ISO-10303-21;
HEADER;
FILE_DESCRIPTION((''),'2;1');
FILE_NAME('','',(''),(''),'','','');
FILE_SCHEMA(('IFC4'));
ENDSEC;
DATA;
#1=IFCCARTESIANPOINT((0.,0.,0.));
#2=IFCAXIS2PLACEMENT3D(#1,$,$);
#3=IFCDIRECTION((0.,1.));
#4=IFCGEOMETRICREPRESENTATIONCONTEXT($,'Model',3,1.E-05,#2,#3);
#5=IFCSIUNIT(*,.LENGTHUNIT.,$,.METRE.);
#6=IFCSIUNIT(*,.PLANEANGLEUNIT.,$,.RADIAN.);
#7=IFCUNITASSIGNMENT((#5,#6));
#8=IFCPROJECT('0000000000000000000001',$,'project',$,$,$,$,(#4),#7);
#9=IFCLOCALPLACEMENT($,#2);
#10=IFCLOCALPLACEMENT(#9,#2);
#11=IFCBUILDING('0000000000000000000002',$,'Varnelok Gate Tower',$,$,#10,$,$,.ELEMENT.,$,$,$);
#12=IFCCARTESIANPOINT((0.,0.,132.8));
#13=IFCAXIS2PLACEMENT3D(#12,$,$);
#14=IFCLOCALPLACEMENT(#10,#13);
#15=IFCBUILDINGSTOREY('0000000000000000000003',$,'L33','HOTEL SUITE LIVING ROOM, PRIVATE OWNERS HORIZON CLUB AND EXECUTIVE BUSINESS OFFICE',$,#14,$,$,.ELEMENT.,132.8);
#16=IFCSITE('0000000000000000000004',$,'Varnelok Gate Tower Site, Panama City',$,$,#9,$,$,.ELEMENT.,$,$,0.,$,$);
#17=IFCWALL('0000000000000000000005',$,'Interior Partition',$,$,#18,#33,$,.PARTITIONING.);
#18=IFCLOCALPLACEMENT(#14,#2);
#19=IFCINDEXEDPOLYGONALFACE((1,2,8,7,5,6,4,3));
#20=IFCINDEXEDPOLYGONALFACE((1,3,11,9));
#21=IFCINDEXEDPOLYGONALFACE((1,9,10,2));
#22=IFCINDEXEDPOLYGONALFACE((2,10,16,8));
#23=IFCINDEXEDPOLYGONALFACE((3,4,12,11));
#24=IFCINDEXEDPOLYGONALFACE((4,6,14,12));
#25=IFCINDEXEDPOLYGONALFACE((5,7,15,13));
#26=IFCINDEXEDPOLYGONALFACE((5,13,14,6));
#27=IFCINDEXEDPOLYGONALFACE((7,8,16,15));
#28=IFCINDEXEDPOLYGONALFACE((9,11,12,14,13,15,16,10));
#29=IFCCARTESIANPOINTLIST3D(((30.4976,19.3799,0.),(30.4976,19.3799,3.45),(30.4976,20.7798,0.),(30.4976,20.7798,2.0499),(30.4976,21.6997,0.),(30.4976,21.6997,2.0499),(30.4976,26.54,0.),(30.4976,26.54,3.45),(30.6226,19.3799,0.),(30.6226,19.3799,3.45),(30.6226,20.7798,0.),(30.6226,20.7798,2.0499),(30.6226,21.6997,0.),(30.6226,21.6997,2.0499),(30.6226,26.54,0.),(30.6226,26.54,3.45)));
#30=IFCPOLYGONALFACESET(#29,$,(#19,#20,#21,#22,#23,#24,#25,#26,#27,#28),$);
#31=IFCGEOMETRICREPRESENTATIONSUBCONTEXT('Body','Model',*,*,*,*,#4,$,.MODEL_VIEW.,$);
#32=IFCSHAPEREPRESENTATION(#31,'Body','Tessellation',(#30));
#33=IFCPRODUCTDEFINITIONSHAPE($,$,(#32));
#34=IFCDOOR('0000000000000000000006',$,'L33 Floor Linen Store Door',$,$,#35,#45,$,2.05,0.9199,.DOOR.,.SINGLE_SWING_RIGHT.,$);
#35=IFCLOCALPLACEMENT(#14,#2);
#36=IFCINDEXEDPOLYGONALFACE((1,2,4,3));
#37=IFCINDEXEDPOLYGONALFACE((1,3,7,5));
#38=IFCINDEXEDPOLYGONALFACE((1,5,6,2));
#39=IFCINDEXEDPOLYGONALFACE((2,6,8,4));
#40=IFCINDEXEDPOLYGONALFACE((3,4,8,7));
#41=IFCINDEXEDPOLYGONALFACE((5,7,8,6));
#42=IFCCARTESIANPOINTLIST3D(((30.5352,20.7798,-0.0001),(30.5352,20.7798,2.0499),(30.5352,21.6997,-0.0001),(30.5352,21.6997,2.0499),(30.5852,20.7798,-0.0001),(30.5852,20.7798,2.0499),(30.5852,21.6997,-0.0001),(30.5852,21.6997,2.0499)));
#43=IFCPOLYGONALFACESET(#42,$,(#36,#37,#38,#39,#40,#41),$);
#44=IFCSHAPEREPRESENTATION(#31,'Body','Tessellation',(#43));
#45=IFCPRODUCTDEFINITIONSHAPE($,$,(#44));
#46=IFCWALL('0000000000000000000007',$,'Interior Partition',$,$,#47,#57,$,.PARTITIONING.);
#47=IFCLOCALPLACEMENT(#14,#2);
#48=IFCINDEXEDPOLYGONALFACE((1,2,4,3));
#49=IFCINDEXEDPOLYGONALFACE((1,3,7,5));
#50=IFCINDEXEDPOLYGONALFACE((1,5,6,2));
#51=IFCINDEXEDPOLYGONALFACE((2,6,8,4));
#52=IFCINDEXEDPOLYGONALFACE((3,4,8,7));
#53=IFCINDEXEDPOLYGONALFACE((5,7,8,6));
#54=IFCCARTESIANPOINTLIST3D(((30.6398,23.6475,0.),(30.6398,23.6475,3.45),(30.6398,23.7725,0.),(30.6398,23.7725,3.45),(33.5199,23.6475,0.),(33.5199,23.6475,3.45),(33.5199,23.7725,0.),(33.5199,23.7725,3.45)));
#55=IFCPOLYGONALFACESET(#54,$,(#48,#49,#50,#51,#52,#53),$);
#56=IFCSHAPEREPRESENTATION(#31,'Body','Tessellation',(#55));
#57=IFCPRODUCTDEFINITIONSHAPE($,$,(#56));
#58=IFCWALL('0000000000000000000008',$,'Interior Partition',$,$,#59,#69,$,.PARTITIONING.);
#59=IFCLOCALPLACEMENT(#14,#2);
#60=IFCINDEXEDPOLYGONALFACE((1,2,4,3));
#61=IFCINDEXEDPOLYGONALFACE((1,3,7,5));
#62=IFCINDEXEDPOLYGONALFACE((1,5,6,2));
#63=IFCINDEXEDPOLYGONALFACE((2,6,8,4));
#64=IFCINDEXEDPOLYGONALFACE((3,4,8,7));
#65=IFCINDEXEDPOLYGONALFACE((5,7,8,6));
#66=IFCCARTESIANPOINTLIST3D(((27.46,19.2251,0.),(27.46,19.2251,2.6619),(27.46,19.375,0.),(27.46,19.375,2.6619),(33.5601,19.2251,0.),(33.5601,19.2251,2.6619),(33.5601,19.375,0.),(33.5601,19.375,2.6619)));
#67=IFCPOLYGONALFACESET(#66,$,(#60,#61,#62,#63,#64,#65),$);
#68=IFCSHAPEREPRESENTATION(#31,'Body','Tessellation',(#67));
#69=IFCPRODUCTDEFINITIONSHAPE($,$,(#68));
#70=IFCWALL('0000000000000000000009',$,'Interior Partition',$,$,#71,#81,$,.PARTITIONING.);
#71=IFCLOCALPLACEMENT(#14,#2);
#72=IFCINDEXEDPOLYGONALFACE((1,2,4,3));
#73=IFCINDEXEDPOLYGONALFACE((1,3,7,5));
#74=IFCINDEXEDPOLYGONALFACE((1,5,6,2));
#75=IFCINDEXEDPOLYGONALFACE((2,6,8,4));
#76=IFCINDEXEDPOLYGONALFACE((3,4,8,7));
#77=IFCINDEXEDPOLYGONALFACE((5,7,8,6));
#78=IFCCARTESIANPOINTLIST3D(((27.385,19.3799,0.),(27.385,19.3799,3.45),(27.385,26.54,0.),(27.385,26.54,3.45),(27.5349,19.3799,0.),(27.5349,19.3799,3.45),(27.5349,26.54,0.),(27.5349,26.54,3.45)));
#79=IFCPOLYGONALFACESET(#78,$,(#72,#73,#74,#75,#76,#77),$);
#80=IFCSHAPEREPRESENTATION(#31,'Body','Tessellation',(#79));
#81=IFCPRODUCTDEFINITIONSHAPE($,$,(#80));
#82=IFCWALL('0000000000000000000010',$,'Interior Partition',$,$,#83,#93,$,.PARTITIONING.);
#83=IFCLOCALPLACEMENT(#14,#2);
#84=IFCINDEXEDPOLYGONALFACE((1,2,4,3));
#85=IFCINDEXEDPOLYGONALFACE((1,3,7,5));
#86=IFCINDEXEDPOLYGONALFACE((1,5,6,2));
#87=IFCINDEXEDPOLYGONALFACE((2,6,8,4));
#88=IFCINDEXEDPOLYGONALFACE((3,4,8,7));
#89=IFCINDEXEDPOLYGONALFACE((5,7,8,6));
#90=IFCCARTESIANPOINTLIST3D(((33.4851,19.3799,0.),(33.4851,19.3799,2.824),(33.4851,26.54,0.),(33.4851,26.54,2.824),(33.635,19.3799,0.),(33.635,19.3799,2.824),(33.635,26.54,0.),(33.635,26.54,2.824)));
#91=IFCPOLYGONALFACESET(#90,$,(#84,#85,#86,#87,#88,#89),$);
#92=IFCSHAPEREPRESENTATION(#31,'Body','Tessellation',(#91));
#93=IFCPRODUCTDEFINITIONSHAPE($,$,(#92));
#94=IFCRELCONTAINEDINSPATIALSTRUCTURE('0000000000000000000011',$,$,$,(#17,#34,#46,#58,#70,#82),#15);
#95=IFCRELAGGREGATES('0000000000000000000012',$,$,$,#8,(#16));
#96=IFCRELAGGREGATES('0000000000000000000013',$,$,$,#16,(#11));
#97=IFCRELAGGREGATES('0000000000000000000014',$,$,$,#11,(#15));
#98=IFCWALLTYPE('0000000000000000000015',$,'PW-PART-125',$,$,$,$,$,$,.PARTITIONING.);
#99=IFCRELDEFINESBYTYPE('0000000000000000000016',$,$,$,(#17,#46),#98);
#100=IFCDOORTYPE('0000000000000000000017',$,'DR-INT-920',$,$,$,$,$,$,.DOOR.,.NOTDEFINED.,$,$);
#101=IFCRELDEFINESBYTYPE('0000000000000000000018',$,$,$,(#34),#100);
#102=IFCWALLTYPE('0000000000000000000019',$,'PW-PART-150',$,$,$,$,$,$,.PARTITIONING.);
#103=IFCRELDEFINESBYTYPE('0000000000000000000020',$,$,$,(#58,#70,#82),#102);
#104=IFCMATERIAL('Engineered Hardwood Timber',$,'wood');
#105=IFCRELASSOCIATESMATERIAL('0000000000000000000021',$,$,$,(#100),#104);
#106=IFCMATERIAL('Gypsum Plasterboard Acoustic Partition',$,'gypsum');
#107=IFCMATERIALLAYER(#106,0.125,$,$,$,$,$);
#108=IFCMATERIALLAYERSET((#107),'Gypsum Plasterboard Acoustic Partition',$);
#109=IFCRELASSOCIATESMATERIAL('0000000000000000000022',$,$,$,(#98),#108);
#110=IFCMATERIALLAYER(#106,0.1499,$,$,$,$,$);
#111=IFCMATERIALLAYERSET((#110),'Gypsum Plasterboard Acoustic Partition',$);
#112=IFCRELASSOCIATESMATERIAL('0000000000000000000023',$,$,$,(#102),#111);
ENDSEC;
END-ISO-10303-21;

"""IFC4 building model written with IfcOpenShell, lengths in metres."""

from ifc_helpers import new_model, si_unit, direction, frame, frame_2d, origin, place, context, subcontext, project, spatial, rectangle, extrude, material, layer, layer_set, type_object, element, fill, save


model = new_model("IFC4")

# Units and contexts
model_context = context("Model", 3, precision=1e-05, world=origin(), true_north=direction((0.0, 1.0)))
body_context = subcontext(model_context, "Body", "Model", "MODEL_VIEW")
ifc_project = project(units=[si_unit("LENGTHUNIT", "METRE"), si_unit("PLANEANGLEUNIT", "RADIAN")], contexts=[model_context])

# Site, building, storey
site_placement = place(None, origin())
site = spatial("IfcSite", under=ifc_project, at=site_placement, Name="Varnelok Gate Tower Site, Panama City", CompositionType="ELEMENT", RefElevation=0.0)
building_placement = place(site_placement, origin())
building = spatial("IfcBuilding", under=site, at=building_placement, Name="Varnelok Gate Tower", CompositionType="ELEMENT")
storey_placement = place(building_placement, frame((0.0, 0.0, 132.8)))
storey = spatial("IfcBuildingStorey", under=building, at=storey_placement, Name="L33", Description="HOTEL SUITE LIVING ROOM, PRIVATE OWNERS HORIZON CLUB AND EXECUTIVE BUSINESS OFFICE", CompositionType="ELEMENT", Elevation=132.8)

# Shared definitions
ifc_material_1 = material(Name="Gypsum Plasterboard Acoustic Partition", Category="gypsum")
ifc_material_2 = material(Name="Engineered Hardwood Timber", Category="wood")
door_type = type_object("IfcDoorType", Name="DR-INT-920", OperationType="NOTDEFINED", PredefinedType="DOOR", material=ifc_material_2)

# Shared definitions
ifc_layer_1 = layer(ifc_material_1, 0.125)
ifc_layer_set_1 = layer_set([ifc_layer_1], Name="Gypsum Plasterboard Acoustic Partition")
wall_type_1 = type_object("IfcWallType", Name="PW-PART-125", PredefinedType="PARTITIONING", material=ifc_layer_set_1)

# Wall, opening, door
wall_1_placement = place(storey_placement, frame((30.5601, 19.3799, 0.0), z_axis=(0.0, 0.0, 1.0), x_axis=(0.0, 1.0, 0.0)))
wall_1 = element("IfcWall", 1, at=wall_1_placement, inside=storey, type_object=wall_type_1, Name="Interior Partition", PredefinedType="PARTITIONING", context=body_context, shape_type="SweptSolid", body=[
    extrude(rectangle(XDim=7.1602, YDim=0.125, at=frame_2d((3.5801, 0.0))), origin(), (0.0, 0.0, 1.0), 3.45),
])
opening_1_placement = place(wall_1_placement, frame((1.3999, 0.0, 0.0)))
opening_1 = element("IfcOpeningElement", 2, at=opening_1_placement, cuts=wall_1, PredefinedType="OPENING", context=body_context, shape_type="SweptSolid", body=[
    extrude(rectangle(XDim=0.9199, YDim=2.05, at=frame_2d((0.46, 1.0249))), frame((0.0, 0.0725, 0.0), z_axis=(0.0, -1.0, 0.0), x_axis=(1.0, 0.0, 0.0)), (0.0, 0.0, 1.0), 0.145),
])
door_1_placement = place(opening_1_placement, origin())
door_1 = element("IfcDoor", 3, at=door_1_placement, inside=storey, type_object=door_type, Name="L33 Floor Linen Store Door", OperationType="SINGLE_SWING_RIGHT", OverallHeight=2.05, OverallWidth=0.9199, PredefinedType="DOOR", context=body_context, shape_type="SweptSolid", body=[
    extrude(rectangle(XDim=0.9199, YDim=2.05, at=frame_2d((0.46, 1.0249))), frame((0.0, 0.0249, 0.0), z_axis=(0.0, -1.0, 0.0), x_axis=(1.0, 0.0, 0.0)), (0.0, 0.0, 1.0), 0.05),
])
fill(opening_1, door_1)

# Walls
wall_2_placement = place(storey_placement, frame((30.6399, 23.71, 0.0), z_axis=(0.0, 0.0, 1.0), x_axis=(1.0, 0.0, 0.0)))
element("IfcWall", 4, at=wall_2_placement, inside=storey, type_object=wall_type_1, Name="Interior Partition", PredefinedType="PARTITIONING", context=body_context, shape_type="SweptSolid", body=[
    extrude(rectangle(XDim=2.8801, YDim=0.125, at=frame_2d((1.4399, 0.0))), origin(), (0.0, 0.0, 1.0), 3.45),
])
ifc_layer_2 = layer(ifc_material_1, 0.1499)
ifc_layer_set_2 = layer_set([ifc_layer_2], Name="Gypsum Plasterboard Acoustic Partition")
wall_type_2 = type_object("IfcWallType", Name="PW-PART-150", PredefinedType="PARTITIONING", material=ifc_layer_set_2)
wall_3_placement = place(storey_placement, frame((27.46, 19.3, 0.0), z_axis=(0.0, 0.0, 1.0), x_axis=(1.0, 0.0, 0.0)))
element("IfcWall", 5, at=wall_3_placement, inside=storey, type_object=wall_type_2, Name="Interior Partition", PredefinedType="PARTITIONING", context=body_context, shape_type="SweptSolid", body=[
    extrude(rectangle(XDim=6.1001, YDim=0.1499, at=frame_2d((3.05, 0.0))), origin(), (0.0, 0.0, 1.0), 2.6619),
])
wall_4_placement = place(storey_placement, frame((27.46, 19.3799, 0.0), z_axis=(0.0, 0.0, 1.0), x_axis=(0.0, 1.0, 0.0)))
element("IfcWall", 6, at=wall_4_placement, inside=storey, type_object=wall_type_2, Name="Interior Partition", PredefinedType="PARTITIONING", context=body_context, shape_type="SweptSolid", body=[
    extrude(rectangle(XDim=7.1602, YDim=0.1499, at=frame_2d((3.5801, 0.0))), origin(), (0.0, 0.0, 1.0), 3.45),
])
wall_5_placement = place(storey_placement, frame((33.5601, 19.3799, 0.0), z_axis=(0.0, 0.0, 1.0), x_axis=(0.0, 1.0, 0.0)))
element("IfcWall", 7, at=wall_5_placement, inside=storey, type_object=wall_type_2, Name="Interior Partition", PredefinedType="PARTITIONING", context=body_context, shape_type="SweptSolid", body=[
    extrude(rectangle(XDim=7.1602, YDim=0.1499, at=frame_2d((3.5801, 0.0))), origin(), (0.0, 0.0, 1.0), 2.824),
])

save(model, "model.ifc")
